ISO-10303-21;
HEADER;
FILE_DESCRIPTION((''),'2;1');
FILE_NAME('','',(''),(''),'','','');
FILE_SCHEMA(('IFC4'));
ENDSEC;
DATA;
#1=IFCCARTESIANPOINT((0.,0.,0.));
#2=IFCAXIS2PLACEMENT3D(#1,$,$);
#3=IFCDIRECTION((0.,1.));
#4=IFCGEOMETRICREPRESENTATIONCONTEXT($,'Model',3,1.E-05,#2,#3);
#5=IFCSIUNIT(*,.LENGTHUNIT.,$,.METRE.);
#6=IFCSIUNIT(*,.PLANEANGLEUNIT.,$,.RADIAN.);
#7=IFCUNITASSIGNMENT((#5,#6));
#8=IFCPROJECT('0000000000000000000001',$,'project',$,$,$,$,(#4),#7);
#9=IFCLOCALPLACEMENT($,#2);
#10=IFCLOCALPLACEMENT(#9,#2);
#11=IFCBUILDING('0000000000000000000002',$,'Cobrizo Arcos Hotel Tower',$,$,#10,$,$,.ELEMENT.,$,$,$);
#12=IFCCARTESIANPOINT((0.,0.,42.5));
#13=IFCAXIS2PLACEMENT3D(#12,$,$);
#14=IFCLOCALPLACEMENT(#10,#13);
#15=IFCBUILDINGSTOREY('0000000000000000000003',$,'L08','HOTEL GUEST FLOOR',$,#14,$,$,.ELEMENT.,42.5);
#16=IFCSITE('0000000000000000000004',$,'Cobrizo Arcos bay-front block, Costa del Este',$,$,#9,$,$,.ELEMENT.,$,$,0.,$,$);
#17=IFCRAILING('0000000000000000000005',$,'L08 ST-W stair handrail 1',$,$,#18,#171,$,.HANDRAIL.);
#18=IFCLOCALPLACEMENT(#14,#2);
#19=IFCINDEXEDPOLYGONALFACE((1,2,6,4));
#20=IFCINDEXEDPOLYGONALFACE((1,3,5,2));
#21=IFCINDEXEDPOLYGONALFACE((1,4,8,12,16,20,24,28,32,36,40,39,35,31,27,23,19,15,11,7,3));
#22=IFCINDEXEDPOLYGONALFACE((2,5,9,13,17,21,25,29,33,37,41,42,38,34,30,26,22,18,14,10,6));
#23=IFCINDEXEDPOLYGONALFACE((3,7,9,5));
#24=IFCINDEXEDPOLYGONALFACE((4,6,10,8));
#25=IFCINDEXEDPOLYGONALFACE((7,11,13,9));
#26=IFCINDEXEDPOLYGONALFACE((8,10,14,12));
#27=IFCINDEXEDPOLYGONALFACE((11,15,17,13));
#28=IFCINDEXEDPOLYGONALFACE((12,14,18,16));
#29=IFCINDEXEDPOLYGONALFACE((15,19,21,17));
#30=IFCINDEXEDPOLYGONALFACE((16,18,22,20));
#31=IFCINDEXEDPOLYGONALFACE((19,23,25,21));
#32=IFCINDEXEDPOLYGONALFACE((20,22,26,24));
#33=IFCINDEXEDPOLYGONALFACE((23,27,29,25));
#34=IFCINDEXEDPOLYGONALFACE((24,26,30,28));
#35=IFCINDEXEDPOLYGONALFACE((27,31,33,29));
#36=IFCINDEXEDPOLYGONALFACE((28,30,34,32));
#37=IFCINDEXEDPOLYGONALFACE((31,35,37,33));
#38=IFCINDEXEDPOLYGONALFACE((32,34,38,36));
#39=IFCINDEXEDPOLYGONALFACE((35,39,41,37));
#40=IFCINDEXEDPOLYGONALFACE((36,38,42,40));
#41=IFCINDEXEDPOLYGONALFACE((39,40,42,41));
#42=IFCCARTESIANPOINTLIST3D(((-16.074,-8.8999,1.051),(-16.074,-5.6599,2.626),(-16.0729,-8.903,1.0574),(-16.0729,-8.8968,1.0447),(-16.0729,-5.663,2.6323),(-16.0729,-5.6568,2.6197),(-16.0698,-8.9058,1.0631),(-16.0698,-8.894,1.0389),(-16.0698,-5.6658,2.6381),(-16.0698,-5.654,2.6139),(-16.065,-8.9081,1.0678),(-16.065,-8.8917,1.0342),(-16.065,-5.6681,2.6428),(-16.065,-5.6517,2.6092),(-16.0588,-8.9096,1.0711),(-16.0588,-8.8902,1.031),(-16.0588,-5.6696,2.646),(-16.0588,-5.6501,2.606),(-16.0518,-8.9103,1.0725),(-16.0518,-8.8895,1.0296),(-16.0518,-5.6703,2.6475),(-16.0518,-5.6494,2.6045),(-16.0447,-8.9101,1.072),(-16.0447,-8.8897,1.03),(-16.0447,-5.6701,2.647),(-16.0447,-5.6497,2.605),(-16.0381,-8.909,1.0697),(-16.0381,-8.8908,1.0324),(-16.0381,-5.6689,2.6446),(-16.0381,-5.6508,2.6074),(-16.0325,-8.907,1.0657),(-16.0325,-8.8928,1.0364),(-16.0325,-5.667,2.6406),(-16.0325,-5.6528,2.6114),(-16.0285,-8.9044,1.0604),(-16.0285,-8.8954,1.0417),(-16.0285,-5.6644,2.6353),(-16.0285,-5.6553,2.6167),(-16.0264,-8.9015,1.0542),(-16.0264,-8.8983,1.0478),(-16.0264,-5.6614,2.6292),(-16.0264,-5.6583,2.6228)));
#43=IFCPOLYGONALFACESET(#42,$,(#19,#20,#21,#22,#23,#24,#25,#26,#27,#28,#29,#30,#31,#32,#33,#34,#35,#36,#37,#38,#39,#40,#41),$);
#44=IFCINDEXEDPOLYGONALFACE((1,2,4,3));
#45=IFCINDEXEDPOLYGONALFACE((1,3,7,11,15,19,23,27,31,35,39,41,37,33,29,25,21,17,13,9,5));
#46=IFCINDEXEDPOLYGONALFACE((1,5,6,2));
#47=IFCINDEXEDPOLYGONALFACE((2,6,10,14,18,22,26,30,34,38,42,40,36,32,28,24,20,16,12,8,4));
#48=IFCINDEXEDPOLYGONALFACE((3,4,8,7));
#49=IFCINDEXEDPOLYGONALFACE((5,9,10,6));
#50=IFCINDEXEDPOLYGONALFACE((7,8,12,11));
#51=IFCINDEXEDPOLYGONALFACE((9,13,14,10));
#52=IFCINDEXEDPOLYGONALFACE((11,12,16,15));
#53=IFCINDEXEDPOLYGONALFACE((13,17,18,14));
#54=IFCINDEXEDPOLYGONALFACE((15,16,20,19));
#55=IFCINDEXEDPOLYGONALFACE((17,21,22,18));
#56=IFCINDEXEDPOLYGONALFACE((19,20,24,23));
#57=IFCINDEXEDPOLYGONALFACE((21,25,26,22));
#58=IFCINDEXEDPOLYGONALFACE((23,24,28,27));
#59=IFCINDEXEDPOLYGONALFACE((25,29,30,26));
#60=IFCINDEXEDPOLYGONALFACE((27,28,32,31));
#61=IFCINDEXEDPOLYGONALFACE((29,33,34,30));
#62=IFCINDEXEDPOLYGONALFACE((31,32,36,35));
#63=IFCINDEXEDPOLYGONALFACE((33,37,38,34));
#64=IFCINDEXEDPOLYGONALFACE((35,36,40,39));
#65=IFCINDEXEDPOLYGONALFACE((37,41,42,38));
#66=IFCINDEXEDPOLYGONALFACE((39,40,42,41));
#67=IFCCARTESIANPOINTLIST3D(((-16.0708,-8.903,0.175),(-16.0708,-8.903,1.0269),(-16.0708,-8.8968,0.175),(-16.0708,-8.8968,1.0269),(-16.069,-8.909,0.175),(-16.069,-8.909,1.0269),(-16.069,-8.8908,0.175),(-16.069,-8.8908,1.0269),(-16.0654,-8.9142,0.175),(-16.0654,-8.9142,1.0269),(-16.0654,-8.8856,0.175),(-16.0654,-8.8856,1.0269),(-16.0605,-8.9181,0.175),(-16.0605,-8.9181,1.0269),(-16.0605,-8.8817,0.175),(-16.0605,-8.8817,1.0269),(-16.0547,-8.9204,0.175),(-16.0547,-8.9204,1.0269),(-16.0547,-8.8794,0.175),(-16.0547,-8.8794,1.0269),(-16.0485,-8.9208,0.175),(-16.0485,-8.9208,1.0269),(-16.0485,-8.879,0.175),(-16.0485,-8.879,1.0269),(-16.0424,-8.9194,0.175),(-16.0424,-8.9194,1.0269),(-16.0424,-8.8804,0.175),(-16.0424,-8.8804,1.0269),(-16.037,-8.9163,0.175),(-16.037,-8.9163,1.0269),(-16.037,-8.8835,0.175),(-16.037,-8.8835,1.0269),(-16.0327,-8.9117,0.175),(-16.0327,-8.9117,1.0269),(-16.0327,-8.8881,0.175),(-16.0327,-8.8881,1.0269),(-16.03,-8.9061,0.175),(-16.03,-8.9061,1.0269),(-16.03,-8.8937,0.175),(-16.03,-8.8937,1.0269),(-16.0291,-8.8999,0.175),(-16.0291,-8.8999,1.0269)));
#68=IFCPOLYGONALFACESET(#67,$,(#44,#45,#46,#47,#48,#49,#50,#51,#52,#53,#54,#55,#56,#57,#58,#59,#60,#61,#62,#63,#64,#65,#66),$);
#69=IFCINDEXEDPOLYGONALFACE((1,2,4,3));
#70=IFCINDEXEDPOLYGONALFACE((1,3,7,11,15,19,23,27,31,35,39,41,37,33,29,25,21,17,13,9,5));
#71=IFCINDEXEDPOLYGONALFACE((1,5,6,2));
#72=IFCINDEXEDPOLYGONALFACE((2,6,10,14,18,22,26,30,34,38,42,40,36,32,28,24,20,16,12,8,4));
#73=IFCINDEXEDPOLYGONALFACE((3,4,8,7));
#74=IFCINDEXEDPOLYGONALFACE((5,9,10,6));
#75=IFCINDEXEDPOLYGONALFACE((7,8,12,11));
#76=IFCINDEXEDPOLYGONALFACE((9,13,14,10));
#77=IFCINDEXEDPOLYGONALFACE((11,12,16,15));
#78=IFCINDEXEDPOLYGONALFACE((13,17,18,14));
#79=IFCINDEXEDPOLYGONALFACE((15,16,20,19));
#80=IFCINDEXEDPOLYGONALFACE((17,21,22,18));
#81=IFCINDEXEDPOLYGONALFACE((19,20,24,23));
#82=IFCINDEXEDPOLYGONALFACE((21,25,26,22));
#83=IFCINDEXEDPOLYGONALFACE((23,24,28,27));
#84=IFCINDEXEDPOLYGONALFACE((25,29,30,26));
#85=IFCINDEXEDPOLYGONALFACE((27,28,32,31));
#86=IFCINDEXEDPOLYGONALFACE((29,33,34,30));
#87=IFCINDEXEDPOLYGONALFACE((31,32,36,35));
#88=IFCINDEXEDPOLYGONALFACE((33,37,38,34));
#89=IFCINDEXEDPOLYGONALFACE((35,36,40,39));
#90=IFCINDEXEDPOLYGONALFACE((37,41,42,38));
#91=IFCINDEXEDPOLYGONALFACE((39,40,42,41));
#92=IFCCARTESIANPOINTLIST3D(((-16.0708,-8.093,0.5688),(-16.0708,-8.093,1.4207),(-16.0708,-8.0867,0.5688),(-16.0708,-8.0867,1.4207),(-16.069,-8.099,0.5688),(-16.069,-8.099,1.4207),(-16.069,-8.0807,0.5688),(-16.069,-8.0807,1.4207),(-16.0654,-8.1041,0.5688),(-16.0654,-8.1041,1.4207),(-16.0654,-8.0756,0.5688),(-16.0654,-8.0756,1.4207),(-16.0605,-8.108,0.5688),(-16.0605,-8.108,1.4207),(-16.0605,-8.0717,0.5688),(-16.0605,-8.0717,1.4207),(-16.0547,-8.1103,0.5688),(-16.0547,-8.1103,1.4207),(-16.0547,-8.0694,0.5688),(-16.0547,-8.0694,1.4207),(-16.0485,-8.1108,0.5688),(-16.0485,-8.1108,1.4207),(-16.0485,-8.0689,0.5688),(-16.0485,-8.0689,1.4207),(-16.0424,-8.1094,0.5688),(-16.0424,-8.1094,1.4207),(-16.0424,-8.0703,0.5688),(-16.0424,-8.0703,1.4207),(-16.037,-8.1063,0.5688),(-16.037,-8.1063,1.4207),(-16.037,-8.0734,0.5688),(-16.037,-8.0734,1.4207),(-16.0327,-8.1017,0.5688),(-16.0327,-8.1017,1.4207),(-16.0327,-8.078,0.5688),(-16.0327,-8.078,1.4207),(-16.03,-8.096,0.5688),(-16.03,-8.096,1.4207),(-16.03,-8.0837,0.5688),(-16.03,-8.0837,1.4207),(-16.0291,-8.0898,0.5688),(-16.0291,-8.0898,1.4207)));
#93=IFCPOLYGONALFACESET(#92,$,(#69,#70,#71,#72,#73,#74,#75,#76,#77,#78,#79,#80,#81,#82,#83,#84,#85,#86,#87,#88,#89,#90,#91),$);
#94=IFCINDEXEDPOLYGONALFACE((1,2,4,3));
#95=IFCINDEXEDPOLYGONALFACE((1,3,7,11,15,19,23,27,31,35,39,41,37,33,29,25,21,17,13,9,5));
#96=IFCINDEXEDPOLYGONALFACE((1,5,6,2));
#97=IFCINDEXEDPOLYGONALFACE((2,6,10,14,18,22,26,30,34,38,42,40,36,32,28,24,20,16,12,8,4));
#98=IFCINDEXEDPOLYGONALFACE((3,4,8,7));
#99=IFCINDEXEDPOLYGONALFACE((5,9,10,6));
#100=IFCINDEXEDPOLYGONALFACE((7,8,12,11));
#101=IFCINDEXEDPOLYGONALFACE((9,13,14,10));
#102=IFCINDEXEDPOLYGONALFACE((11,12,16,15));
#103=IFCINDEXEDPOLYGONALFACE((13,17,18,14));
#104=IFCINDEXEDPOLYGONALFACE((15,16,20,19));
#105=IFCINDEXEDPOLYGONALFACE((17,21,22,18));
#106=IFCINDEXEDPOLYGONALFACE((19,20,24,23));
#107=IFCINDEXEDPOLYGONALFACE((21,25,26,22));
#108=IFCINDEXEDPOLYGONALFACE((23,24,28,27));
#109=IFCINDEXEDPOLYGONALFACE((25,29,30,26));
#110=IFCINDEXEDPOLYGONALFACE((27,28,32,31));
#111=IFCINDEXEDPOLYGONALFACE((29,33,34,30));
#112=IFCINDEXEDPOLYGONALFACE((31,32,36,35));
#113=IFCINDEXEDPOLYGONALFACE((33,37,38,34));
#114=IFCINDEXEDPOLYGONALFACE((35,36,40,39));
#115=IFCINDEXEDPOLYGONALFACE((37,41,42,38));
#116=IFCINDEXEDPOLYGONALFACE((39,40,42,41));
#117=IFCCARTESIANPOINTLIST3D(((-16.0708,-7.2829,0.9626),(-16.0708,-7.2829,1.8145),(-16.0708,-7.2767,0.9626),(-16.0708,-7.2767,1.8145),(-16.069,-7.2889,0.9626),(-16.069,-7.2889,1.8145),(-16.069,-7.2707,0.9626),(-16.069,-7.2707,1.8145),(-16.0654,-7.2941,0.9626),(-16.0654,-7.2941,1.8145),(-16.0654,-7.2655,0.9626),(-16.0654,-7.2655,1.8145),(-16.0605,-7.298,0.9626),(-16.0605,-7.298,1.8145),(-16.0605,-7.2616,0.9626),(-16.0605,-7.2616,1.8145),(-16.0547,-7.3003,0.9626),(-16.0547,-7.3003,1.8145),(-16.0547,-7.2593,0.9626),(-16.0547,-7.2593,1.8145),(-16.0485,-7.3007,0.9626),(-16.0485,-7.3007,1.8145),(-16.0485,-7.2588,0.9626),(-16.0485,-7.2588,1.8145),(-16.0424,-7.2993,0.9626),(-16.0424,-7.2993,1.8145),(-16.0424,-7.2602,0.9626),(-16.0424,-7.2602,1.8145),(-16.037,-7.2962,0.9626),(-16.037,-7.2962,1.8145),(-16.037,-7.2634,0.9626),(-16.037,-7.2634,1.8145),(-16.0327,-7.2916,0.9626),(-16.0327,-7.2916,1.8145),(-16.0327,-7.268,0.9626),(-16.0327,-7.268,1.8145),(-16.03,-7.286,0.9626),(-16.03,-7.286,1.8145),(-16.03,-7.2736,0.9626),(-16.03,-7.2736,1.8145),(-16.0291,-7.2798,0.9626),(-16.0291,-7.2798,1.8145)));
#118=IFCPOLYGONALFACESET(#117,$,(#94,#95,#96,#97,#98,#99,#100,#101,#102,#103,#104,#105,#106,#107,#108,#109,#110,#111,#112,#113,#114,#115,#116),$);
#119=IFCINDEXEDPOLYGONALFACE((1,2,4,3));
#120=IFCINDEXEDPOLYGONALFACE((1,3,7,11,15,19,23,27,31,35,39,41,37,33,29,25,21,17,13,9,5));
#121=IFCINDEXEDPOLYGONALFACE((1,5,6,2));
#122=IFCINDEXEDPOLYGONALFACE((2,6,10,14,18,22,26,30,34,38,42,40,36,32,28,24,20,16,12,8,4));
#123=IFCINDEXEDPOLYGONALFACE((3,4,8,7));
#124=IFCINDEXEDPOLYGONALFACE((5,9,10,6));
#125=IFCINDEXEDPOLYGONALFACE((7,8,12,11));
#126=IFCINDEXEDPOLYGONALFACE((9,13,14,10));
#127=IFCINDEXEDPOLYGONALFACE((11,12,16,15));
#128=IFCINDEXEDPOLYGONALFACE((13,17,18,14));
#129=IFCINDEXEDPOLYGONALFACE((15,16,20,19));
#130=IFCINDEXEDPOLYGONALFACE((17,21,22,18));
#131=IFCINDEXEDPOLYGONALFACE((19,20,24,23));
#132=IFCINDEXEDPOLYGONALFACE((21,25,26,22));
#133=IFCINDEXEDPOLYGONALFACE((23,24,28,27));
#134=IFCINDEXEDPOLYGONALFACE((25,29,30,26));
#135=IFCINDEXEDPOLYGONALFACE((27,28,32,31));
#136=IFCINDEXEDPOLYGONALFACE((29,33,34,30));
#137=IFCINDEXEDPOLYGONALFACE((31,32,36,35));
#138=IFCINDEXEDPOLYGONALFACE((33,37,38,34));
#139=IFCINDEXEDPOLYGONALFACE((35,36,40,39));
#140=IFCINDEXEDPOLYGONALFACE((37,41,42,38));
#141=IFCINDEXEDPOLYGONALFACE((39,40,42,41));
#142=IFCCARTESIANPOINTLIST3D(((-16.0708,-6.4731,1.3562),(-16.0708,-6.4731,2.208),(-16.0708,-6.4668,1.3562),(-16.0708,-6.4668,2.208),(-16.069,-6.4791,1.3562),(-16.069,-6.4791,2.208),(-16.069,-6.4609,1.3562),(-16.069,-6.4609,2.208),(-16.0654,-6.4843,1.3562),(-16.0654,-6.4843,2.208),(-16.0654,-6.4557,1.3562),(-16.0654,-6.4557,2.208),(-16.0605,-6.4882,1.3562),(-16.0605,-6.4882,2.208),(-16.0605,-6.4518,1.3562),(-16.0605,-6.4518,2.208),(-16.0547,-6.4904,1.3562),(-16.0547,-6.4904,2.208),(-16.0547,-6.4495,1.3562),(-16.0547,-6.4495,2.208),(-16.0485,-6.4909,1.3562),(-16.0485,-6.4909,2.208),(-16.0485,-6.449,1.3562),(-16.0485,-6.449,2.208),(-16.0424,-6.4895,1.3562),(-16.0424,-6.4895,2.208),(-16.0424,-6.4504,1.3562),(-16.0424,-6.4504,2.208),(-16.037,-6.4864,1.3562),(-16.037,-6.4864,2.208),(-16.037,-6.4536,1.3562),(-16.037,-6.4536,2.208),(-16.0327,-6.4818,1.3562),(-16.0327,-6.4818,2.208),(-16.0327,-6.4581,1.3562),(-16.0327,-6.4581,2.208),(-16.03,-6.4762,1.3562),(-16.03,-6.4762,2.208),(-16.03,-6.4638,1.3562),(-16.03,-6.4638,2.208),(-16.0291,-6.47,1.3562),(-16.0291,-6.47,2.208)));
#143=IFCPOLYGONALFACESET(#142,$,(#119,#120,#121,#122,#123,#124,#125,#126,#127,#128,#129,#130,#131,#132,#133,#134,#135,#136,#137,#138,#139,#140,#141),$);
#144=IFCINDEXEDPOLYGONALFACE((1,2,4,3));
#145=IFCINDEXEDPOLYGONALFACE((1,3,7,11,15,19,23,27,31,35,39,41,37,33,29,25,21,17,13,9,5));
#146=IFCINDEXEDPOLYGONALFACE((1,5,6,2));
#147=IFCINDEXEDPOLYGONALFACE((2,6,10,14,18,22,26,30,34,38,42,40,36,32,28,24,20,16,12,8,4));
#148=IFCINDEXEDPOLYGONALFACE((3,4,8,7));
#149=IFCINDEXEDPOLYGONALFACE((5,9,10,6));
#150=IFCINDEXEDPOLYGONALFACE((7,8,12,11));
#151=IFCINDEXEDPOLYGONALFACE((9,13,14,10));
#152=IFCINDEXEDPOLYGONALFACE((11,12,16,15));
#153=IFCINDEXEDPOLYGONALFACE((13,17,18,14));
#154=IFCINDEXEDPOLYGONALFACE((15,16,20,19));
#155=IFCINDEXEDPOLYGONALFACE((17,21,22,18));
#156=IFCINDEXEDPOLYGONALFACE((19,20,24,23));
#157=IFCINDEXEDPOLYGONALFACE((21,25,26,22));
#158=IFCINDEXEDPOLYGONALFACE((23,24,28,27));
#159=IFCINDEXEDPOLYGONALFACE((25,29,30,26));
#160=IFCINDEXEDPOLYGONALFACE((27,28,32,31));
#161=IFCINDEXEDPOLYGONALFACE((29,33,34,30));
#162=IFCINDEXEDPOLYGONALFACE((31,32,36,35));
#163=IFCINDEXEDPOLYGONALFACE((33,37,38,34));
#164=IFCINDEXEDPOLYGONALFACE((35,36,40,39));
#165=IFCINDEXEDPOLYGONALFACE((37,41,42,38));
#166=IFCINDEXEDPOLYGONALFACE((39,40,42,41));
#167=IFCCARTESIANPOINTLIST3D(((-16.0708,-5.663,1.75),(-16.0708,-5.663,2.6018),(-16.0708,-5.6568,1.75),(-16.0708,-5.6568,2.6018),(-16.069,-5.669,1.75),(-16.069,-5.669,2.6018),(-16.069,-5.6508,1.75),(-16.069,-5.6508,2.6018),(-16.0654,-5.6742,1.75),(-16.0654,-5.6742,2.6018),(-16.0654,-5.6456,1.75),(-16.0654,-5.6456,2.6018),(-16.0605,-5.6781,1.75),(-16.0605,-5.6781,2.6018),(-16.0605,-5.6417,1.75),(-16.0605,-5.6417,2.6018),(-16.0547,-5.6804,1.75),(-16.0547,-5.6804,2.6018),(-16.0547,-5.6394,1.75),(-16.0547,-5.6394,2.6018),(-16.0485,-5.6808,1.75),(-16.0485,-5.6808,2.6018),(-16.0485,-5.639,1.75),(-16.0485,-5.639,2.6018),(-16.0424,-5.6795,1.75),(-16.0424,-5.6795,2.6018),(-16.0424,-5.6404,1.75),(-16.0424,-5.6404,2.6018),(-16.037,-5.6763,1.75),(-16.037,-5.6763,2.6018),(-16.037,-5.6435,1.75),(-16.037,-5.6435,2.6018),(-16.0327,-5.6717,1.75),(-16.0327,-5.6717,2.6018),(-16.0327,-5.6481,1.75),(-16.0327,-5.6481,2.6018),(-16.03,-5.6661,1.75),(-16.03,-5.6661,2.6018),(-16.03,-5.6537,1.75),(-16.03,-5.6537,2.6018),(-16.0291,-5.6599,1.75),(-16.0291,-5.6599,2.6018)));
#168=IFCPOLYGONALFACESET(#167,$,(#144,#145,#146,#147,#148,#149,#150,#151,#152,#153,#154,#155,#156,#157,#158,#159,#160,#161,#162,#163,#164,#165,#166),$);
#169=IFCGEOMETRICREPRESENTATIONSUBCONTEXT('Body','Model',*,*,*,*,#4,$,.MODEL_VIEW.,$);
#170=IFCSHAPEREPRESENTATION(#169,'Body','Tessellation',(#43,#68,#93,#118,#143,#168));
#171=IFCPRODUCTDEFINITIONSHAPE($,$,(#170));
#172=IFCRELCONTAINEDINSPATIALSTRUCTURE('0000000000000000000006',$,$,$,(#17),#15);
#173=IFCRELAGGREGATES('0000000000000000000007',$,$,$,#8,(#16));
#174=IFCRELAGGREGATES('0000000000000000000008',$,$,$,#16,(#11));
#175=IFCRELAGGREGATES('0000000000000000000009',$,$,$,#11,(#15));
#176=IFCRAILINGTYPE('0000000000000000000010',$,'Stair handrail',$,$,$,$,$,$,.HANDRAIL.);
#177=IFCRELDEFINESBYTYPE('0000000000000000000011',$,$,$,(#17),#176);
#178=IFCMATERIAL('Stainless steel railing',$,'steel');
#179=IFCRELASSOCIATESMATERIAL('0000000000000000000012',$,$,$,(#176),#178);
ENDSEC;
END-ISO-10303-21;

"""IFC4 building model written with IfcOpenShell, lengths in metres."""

from ifc_helpers import new_model, si_unit, direction, frame, origin, origin_2d, place, context, subcontext, project, spatial, circle, extrude, material, type_object, element, save


model = new_model("IFC4")

# Units and contexts
model_context = context("Model", 3, precision=1e-05, world=origin(), true_north=direction((0.0, 1.0)))
body_context = subcontext(model_context, "Body", "Model", "MODEL_VIEW")
ifc_project = project(units=[si_unit("LENGTHUNIT", "METRE"), si_unit("PLANEANGLEUNIT", "RADIAN")], contexts=[model_context])

# Site, building, storey
site_placement = place(None, origin())
site = spatial("IfcSite", under=ifc_project, at=site_placement, Name="Cobrizo Arcos bay-front block, Costa del Este", CompositionType="ELEMENT", RefElevation=0.0)
building_placement = place(site_placement, origin())
building = spatial("IfcBuilding", under=site, at=building_placement, Name="Cobrizo Arcos Hotel Tower", CompositionType="ELEMENT")
storey_placement = place(building_placement, frame((0.0, 0.0, 42.5)))
storey = spatial("IfcBuildingStorey", under=building, at=storey_placement, Name="L08", Description="HOTEL GUEST FLOOR", CompositionType="ELEMENT", Elevation=42.5)

# Railing
ifc_material_1 = material(Name="Stainless steel railing", Category="steel")
railing_type_1 = type_object("IfcRailingType", Name="Stair handrail", PredefinedType="HANDRAIL", material=ifc_material_1)
railing_1_placement = place(storey_placement, frame((-16.05, -8.8999, 0.175)))
element("IfcRailing", 1, at=railing_1_placement, inside=storey, type_object=railing_type_1, Name="L08 ST-W stair handrail 1", PredefinedType="HANDRAIL", context=body_context, shape_type="SweptSolid", body=[
    extrude(circle(Radius=0.0239, at=origin_2d()), frame((0.0, 0.0, 0.876), z_axis=(0.0, 0.899373, 0.437183), x_axis=(-1.0, 0.0, 0.0)), (0.0, 0.0, 1.0), 3.6025),
    extrude(circle(Radius=0.021, at=origin_2d()), origin(), (0.0, 0.0, 1.0), 0.8518),
    extrude(circle(Radius=0.021, at=origin_2d()), frame((0.0, 0.8101, 0.3938)), (0.0, 0.0, 1.0), 0.8518),
    extrude(circle(Radius=0.021, at=origin_2d()), frame((0.0, 1.6201, 0.7876)), (0.0, 0.0, 1.0), 0.8518),
    extrude(circle(Radius=0.021, at=origin_2d()), frame((0.0, 2.4299, 1.1812)), (0.0, 0.0, 1.0), 0.8518),
    extrude(circle(Radius=0.021, at=origin_2d()), frame((0.0, 3.24, 1.575)), (0.0, 0.0, 1.0), 0.8518),
])

save(model, "model.ifc")
